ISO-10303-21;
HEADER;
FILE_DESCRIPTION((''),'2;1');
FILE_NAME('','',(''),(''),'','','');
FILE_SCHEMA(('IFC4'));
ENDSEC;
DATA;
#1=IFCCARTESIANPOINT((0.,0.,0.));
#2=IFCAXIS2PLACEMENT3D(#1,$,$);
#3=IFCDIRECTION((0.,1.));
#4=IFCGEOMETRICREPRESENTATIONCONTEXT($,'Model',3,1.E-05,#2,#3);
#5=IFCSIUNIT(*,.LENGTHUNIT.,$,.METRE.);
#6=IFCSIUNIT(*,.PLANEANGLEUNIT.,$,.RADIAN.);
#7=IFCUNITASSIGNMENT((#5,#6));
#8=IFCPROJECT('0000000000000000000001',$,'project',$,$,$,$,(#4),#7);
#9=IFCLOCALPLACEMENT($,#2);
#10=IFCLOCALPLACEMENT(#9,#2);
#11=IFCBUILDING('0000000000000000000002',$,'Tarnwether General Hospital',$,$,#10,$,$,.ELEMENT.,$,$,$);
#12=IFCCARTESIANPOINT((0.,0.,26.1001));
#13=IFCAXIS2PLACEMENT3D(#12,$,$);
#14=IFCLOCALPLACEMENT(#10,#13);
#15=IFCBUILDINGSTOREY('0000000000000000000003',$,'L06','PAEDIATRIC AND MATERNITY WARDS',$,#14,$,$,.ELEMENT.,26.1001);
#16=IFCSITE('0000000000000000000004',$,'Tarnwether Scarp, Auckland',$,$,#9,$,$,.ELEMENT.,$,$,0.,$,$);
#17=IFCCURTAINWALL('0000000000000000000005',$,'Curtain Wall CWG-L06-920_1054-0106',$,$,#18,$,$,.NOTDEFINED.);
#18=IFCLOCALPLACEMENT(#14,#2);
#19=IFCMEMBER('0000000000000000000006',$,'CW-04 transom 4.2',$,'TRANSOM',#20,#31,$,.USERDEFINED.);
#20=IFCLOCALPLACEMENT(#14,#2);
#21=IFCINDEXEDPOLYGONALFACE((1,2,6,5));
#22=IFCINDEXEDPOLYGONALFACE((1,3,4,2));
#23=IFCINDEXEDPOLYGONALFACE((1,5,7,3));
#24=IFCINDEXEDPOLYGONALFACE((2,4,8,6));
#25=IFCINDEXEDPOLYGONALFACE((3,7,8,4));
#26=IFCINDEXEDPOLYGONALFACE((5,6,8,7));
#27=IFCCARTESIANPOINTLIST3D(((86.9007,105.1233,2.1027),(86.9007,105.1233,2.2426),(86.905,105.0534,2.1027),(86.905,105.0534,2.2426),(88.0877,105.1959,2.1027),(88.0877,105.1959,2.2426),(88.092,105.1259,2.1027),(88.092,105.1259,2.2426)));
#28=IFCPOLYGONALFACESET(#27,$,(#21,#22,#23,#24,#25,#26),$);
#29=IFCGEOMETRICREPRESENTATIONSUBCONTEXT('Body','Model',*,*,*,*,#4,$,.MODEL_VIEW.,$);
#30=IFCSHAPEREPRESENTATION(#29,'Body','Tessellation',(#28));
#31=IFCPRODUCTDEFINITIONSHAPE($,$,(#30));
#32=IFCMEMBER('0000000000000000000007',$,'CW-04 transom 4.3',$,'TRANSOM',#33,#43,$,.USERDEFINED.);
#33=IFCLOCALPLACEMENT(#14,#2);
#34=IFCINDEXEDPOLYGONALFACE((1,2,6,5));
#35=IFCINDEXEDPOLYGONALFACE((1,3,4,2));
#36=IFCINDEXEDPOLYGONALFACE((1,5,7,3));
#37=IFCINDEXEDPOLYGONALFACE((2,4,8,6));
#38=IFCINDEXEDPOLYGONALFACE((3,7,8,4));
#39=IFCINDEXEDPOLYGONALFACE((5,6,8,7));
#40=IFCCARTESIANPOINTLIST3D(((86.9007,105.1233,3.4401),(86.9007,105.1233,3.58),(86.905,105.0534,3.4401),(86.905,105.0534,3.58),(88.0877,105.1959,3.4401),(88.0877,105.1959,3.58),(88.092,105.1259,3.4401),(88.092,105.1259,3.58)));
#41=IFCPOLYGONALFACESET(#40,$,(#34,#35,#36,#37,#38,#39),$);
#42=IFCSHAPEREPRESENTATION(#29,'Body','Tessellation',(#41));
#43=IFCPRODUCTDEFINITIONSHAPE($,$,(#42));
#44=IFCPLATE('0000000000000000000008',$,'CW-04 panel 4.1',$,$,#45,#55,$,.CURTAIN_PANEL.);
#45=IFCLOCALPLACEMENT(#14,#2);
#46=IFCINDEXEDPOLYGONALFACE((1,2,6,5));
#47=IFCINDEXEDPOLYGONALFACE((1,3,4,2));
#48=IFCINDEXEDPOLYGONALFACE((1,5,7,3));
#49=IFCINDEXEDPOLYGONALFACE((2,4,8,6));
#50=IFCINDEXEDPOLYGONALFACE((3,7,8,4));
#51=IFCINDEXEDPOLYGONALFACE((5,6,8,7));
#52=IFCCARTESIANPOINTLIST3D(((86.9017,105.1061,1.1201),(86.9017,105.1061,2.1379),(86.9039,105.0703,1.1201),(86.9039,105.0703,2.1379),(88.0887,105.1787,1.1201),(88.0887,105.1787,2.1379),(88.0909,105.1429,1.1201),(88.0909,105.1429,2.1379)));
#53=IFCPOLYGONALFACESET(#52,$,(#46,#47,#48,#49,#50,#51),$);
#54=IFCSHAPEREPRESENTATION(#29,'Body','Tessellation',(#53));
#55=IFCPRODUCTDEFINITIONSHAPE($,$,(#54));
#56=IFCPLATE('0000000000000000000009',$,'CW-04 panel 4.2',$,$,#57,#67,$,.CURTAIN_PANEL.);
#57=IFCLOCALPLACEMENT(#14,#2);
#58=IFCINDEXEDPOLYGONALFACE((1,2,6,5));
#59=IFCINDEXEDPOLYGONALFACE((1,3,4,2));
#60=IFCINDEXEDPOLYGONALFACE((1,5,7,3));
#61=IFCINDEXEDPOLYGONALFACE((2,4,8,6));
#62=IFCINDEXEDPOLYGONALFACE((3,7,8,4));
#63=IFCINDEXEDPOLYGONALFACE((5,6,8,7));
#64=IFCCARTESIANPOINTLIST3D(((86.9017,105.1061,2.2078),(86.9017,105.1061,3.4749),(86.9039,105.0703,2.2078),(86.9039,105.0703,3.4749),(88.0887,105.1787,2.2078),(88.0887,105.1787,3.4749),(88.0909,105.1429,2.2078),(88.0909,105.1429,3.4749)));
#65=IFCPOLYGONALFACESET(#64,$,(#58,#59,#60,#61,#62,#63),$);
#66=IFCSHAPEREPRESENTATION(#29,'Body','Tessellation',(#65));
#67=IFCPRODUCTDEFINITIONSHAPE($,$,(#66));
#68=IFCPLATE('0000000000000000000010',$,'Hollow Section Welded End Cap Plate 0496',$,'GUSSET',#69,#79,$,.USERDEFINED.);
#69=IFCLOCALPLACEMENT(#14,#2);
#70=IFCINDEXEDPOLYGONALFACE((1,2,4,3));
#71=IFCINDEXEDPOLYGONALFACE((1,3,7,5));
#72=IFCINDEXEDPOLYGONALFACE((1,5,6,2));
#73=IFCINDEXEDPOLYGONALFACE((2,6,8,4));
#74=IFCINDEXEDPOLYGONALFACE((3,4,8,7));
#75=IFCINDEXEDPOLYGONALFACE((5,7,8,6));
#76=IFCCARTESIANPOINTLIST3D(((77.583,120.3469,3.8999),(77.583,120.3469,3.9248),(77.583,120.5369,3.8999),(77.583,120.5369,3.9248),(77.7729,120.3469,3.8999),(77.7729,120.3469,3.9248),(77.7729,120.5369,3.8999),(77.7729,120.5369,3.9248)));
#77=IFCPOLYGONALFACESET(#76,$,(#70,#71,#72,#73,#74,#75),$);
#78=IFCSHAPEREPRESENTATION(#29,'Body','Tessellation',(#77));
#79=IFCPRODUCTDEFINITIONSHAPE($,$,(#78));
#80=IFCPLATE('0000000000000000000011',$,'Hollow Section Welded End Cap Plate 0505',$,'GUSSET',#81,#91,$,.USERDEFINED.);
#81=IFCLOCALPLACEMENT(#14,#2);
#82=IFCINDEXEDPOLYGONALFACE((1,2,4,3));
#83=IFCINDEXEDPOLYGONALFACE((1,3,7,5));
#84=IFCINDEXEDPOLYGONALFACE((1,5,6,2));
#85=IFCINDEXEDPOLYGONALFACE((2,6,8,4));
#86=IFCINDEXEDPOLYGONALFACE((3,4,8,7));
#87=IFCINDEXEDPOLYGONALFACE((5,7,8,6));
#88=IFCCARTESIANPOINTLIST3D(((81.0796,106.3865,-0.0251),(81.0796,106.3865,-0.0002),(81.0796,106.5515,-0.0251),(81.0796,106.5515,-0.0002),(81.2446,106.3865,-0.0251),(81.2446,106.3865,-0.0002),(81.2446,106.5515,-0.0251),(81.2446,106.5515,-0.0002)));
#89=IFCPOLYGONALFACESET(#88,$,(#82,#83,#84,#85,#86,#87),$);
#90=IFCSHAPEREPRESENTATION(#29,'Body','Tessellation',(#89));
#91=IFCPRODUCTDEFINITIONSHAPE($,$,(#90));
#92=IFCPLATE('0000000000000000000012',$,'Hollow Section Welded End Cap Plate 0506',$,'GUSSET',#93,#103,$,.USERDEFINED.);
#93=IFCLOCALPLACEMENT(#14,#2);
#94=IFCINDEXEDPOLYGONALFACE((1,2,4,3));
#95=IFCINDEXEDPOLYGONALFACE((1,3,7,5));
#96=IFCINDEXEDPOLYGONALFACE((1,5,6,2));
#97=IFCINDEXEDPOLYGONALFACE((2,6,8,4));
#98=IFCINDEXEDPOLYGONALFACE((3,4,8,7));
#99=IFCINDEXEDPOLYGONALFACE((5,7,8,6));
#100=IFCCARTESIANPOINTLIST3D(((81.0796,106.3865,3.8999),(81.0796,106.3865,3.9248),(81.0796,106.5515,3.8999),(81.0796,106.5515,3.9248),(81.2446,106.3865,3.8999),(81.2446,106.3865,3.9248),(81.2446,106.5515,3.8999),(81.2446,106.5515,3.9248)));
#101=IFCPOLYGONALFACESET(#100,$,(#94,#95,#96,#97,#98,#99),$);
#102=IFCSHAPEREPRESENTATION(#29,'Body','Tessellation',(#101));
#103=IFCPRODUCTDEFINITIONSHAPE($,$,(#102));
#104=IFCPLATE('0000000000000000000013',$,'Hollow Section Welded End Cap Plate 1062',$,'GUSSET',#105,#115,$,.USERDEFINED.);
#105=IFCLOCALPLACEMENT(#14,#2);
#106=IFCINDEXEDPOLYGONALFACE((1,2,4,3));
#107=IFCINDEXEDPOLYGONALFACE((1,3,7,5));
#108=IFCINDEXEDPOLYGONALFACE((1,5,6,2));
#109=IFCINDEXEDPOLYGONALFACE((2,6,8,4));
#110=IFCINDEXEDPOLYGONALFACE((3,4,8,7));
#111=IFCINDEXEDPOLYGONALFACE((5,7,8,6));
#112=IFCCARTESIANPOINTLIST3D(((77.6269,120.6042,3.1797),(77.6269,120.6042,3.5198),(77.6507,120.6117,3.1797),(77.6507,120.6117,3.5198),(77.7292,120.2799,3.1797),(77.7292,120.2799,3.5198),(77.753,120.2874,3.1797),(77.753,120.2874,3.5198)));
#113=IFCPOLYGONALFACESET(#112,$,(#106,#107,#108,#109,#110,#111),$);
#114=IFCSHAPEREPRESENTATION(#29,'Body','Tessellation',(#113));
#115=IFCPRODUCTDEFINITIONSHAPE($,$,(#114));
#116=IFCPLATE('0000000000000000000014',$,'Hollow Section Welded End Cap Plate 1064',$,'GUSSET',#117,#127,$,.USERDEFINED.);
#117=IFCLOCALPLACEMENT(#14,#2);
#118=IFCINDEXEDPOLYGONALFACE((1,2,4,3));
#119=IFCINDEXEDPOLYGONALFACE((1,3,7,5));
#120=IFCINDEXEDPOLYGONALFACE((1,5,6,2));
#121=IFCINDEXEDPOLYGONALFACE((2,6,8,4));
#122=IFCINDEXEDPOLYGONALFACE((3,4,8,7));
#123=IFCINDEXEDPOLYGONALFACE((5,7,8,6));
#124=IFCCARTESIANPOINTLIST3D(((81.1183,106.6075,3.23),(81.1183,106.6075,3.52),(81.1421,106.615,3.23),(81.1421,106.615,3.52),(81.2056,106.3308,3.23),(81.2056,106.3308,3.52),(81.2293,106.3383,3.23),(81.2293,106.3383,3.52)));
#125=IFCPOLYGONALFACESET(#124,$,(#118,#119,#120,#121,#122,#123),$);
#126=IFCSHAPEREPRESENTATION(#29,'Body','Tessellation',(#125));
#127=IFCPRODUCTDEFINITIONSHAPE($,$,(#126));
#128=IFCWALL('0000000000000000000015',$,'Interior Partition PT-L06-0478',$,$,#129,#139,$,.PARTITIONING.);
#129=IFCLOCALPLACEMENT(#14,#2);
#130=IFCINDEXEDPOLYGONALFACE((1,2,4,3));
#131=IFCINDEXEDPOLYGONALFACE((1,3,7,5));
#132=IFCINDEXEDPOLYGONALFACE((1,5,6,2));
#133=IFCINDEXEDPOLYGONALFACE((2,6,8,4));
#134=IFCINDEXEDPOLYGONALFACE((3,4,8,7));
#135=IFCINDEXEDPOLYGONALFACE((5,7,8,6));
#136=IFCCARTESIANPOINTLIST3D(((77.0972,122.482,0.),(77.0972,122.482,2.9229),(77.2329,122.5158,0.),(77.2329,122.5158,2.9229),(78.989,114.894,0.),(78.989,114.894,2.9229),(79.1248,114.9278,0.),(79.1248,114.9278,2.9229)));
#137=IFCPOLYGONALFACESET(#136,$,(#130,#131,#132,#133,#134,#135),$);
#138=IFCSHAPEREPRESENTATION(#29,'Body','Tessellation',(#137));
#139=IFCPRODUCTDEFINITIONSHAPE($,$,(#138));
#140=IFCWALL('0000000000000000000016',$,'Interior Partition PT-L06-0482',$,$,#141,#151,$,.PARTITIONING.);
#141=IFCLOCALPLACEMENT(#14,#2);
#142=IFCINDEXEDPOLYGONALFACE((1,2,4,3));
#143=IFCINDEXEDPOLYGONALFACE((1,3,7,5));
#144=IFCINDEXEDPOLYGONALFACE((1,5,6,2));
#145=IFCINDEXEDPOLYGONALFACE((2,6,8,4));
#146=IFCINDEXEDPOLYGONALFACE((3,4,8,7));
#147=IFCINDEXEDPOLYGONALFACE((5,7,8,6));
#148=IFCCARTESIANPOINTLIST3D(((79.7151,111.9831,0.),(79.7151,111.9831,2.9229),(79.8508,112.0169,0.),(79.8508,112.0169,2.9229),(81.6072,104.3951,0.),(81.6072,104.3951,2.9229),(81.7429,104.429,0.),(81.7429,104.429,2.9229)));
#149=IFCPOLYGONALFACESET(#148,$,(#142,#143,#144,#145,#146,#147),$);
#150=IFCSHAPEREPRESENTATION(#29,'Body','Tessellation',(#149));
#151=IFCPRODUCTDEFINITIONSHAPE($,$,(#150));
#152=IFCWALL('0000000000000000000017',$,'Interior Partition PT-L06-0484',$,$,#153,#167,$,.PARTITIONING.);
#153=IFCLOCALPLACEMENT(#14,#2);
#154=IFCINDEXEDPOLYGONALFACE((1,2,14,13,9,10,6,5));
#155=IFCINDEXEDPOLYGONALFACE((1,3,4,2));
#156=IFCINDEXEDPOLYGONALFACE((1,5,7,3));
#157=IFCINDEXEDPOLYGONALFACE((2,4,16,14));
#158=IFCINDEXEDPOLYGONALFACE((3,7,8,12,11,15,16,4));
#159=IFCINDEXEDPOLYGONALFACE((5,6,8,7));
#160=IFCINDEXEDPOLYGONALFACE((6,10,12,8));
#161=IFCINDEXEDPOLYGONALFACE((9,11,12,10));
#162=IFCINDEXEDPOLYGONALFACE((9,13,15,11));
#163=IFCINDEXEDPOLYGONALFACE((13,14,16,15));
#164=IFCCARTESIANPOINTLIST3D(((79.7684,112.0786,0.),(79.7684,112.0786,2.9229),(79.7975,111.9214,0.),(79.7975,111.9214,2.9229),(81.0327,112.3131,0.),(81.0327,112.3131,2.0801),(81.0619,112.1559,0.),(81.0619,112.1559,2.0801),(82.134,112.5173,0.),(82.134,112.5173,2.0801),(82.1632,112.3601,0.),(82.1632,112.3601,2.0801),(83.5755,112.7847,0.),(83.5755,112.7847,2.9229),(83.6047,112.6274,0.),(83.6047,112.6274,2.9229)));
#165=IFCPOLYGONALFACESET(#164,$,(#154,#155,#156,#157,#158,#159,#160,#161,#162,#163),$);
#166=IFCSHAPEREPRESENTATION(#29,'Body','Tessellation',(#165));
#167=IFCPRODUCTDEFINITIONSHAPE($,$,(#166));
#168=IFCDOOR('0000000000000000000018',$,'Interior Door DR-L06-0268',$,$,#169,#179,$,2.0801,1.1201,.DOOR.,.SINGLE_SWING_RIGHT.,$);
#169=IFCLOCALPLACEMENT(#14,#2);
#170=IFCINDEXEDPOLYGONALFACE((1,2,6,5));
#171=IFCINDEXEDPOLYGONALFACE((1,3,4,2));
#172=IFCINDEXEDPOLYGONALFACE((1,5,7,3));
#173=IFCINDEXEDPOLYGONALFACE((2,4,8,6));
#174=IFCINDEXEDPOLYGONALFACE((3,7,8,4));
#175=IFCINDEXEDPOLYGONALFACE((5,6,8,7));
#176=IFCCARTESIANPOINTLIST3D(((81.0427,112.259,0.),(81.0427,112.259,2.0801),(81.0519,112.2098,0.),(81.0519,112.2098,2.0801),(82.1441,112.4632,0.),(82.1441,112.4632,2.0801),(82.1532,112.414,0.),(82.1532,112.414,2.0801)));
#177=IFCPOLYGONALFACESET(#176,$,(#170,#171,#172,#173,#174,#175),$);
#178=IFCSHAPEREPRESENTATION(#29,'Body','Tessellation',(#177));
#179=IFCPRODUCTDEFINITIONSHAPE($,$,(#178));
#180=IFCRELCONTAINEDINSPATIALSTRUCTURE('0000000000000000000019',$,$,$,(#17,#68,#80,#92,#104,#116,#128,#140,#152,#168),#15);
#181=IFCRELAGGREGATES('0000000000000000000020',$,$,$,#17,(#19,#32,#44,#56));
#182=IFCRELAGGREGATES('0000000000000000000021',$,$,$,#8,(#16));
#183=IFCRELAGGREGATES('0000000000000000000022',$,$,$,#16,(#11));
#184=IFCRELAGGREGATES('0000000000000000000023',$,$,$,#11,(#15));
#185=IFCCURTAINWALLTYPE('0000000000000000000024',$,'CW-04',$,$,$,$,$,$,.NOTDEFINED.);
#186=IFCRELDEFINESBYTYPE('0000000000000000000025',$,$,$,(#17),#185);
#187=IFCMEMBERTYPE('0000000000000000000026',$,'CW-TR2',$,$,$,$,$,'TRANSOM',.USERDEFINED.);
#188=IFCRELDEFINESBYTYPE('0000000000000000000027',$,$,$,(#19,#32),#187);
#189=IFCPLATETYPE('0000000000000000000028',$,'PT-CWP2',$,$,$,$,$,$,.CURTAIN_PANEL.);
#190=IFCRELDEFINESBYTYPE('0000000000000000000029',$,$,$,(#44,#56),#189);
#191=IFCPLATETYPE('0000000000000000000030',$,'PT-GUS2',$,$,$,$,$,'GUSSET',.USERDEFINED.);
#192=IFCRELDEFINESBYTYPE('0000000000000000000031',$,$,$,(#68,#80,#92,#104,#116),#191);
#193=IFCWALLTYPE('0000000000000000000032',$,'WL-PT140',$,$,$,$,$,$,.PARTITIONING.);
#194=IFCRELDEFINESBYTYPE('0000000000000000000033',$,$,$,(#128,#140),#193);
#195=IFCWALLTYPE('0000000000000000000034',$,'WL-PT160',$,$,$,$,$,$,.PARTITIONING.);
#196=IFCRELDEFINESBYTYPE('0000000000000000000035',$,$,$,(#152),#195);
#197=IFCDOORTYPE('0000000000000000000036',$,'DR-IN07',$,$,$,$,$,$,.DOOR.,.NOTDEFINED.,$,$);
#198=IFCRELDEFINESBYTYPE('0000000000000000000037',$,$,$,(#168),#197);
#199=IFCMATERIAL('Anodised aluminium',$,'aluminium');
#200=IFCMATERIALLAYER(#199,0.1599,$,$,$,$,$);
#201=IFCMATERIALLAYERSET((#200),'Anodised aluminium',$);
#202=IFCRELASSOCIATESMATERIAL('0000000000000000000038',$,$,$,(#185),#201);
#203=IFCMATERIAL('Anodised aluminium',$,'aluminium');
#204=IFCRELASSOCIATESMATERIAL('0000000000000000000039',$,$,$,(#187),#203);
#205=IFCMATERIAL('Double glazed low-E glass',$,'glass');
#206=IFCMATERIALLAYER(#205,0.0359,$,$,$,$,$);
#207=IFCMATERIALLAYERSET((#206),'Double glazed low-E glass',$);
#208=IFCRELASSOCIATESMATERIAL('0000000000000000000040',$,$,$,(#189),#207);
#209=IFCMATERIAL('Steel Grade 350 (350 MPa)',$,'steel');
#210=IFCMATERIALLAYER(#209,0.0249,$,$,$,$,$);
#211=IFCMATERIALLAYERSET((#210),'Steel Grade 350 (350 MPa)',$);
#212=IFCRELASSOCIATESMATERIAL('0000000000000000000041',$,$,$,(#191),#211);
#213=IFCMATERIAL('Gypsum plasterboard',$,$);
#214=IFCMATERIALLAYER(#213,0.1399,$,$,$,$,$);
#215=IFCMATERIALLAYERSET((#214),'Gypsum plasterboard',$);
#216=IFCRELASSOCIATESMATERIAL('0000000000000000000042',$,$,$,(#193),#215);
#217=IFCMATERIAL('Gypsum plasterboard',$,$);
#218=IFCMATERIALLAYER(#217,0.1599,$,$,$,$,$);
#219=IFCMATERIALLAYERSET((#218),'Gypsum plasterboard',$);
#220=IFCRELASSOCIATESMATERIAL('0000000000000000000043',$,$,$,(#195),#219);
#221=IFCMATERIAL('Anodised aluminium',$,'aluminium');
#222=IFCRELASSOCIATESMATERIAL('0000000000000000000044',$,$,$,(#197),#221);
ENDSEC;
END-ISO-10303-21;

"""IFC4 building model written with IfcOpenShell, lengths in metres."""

from ifc_helpers import new_model, si_unit, direction, frame, frame_2d, origin, origin_2d, place, context, subcontext, project, spatial, rectangle, extrude, material, layer, layer_set, material_profile, profile_set, type_object, element, fill, aggregate, save


model = new_model("IFC4")

# Units and contexts
model_context = context("Model", 3, precision=1e-05, world=origin(), true_north=direction((0.0, 1.0)))
body_context = subcontext(model_context, "Body", "Model", "MODEL_VIEW")
ifc_project = project(units=[si_unit("LENGTHUNIT", "METRE"), si_unit("PLANEANGLEUNIT", "RADIAN")], contexts=[model_context])

# Site, building, storey
site_placement = place(None, origin())
site = spatial("IfcSite", under=ifc_project, at=site_placement, Name="Tarnwether Scarp, Auckland", CompositionType="ELEMENT", RefElevation=0.0)
building_placement = place(site_placement, origin())
building = spatial("IfcBuilding", under=site, at=building_placement, Name="Tarnwether General Hospital", CompositionType="ELEMENT")
storey_placement = place(building_placement, frame((0.0, 0.0, 26.1001)))
storey = spatial("IfcBuildingStorey", under=building, at=storey_placement, Name="L06", Description="PAEDIATRIC AND MATERNITY WARDS", CompositionType="ELEMENT", Elevation=26.1001)

# Curtain wall, members, plates
ifc_material_1 = material(Name="Anodised aluminium", Category="aluminium")
ifc_layer_1 = layer(ifc_material_1, 0.1599)
ifc_layer_set_1 = layer_set([ifc_layer_1], Name="Anodised aluminium")
curtain_wall_type = type_object("IfcCurtainWallType", Name="CW-04", PredefinedType="NOTDEFINED", material=ifc_layer_set_1)
curtain_wall_placement = place(storey_placement, origin())
curtain_wall = element("IfcCurtainWall", 1, at=curtain_wall_placement, inside=storey, type_object=curtain_wall_type, Name="Curtain Wall CWG-L06-920_1054-0106", PredefinedType="NOTDEFINED")
ifc_material_2 = material(Name="Anodised aluminium", Category="aluminium")
ifc_material_profile_1 = material_profile(ifc_material_2, rectangle(XDim=0.0701, YDim=0.1399, at=origin_2d()), Name="ALU-TRN-70x140")
ifc_profile_set_1 = profile_set([ifc_material_profile_1], Name="Anodised aluminium")
member_type_1 = type_object("IfcMemberType", Name="CW-TR2", ElementType="TRANSOM", PredefinedType="USERDEFINED", material=ifc_profile_set_1)
member_1_placement = place(storey_placement, frame((88.0898, 105.1609, 2.1726), z_axis=(-0.998139, -0.060972, 0.0), x_axis=(0.060972, -0.998139, 0.0)))
member_1 = element("IfcMember", 2, at=member_1_placement, type_object=member_type_1, Name="CW-04 transom 4.2", ObjectType="TRANSOM", PredefinedType="USERDEFINED", context=body_context, shape_type="SweptSolid", body=[
    extrude(rectangle(XDim=0.0701, YDim=0.1399, at=origin_2d()), origin(), (0.0, 0.0, 1.0), 1.1892),
])
member_2_placement = place(storey_placement, frame((88.0898, 105.1609, 3.51), z_axis=(-0.998139, -0.060972, 0.0), x_axis=(0.060972, -0.998139, 0.0)))
member_2 = element("IfcMember", 3, at=member_2_placement, type_object=member_type_1, Name="CW-04 transom 4.3", ObjectType="TRANSOM", PredefinedType="USERDEFINED", context=body_context, shape_type="SweptSolid", body=[
    extrude(rectangle(XDim=0.0701, YDim=0.1399, at=origin_2d()), origin(), (0.0, 0.0, 1.0), 1.1892),
])
ifc_material_3 = material(Name="Double glazed low-E glass", Category="glass")
ifc_layer_2 = layer(ifc_material_3, 0.0359)
ifc_layer_set_2 = layer_set([ifc_layer_2], Name="Double glazed low-E glass")
plate_type_1 = type_object("IfcPlateType", Name="PT-CWP2", PredefinedType="CURTAIN_PANEL", material=ifc_layer_set_2)
plate_1_placement = place(storey_placement, frame((87.4963, 105.1245, 1.1201), z_axis=(0.0, 0.0, 1.0), x_axis=(-0.998135, -0.061043, 0.0)))
plate_1 = element("IfcPlate", 4, at=plate_1_placement, type_object=plate_type_1, Name="CW-04 panel 4.1", PredefinedType="CURTAIN_PANEL", context=body_context, shape_type="SweptSolid", body=[
    extrude(rectangle(XDim=1.1892, YDim=0.0359, at=origin_2d()), origin(), (0.0, 0.0, 1.0), 1.0178),
])
plate_2_placement = place(storey_placement, frame((87.4963, 105.1245, 2.2078), z_axis=(0.0, 0.0, 1.0), x_axis=(-0.998135, -0.061043, 0.0)))
plate_2 = element("IfcPlate", 5, at=plate_2_placement, type_object=plate_type_1, Name="CW-04 panel 4.2", PredefinedType="CURTAIN_PANEL", context=body_context, shape_type="SweptSolid", body=[
    extrude(rectangle(XDim=1.1892, YDim=0.0359, at=origin_2d()), origin(), (0.0, 0.0, 1.0), 1.2671),
])
aggregate(curtain_wall, [member_1, member_2, plate_1, plate_2])

# Plates
ifc_material_4 = material(Name="Steel Grade 350 (350 MPa)", Category="steel")
ifc_layer_3 = layer(ifc_material_4, 0.0249)
ifc_layer_set_3 = layer_set([ifc_layer_3], Name="Steel Grade 350 (350 MPa)")
plate_type_2 = type_object("IfcPlateType", Name="PT-GUS2", ElementType="GUSSET", PredefinedType="USERDEFINED", material=ifc_layer_set_3)
plate_3_placement = place(storey_placement, frame((77.678, 120.4419, 3.8999), z_axis=(0.0, 0.0, 1.0), x_axis=(1.0, 0.0, 0.0)))
element("IfcPlate", 6, at=plate_3_placement, inside=storey, type_object=plate_type_2, Name="Hollow Section Welded End Cap Plate 0496", ObjectType="GUSSET", PredefinedType="USERDEFINED", context=body_context, shape_type="SweptSolid", body=[
    extrude(rectangle(XDim=0.1899, YDim=0.1899, at=origin_2d()), origin(), (0.0, 0.0, 1.0), 0.0249),
])
for number, where, z_axis, x_axis, name in (
    (7, (81.1621, 106.469, -0.0251), (0.0, 0.0, 1.0), (1.0, 0.0, 0.0), "Hollow Section Welded End Cap Plate 0505"),
    (8, (81.1621, 106.469, 3.8999), (0.0, 0.0, 1.0), (1.0, 0.0, 0.0), "Hollow Section Welded End Cap Plate 0506"),
):
    element("IfcPlate", number, at=place(storey_placement, frame(where, z_axis=z_axis, x_axis=x_axis)), inside=storey, type_object=plate_type_2, Name=name, ObjectType="GUSSET", PredefinedType="USERDEFINED", context=body_context, shape_type="SweptSolid", body=[
        extrude(rectangle(XDim=0.165, YDim=0.165, at=origin_2d()), origin(), (0.0, 0.0, 1.0), 0.0249),
    ])
plate_4_placement = place(storey_placement, frame((77.6899, 120.4458, 3.1797), z_axis=(0.0, 0.0, 1.0), x_axis=(0.953691, 0.300789, 0.0)))
element("IfcPlate", 9, at=plate_4_placement, inside=storey, type_object=plate_type_2, Name="Hollow Section Welded End Cap Plate 1062", ObjectType="GUSSET", PredefinedType="USERDEFINED", context=body_context, shape_type="SweptSolid", body=[
    extrude(rectangle(XDim=0.0249, YDim=0.3401, at=origin_2d()), origin(), (0.0, 0.0, 1.0), 0.3401),
])
plate_5_placement = place(storey_placement, frame((81.1738, 106.4729, 3.23), z_axis=(0.0, 0.0, 1.0), x_axis=(0.953712, 0.300722, 0.0)))
element("IfcPlate", 10, at=plate_5_placement, inside=storey, type_object=plate_type_2, Name="Hollow Section Welded End Cap Plate 1064", ObjectType="GUSSET", PredefinedType="USERDEFINED", context=body_context, shape_type="SweptSolid", body=[
    extrude(rectangle(XDim=0.0249, YDim=0.29, at=origin_2d()), origin(), (0.0, 0.0, 1.0), 0.29),
])

# Walls
ifc_material_5 = material(Name="Gypsum plasterboard")
ifc_layer_4 = layer(ifc_material_5, 0.1399)
ifc_layer_set_4 = layer_set([ifc_layer_4], Name="Gypsum plasterboard")
wall_type_1 = type_object("IfcWallType", Name="WL-PT140", PredefinedType="PARTITIONING", material=ifc_layer_set_4)
for number, where, z_axis, x_axis, name in (
    (11, (79.0569, 114.9109, 0.0), (0.0, 0.0, 1.0), (-0.241911, 0.970298, 0.0), "Interior Partition PT-L06-0478"),
    (12, (79.783, 112.0, 0.0), (0.0, 0.0, 1.0), (0.241948, -0.970289, 0.0), "Interior Partition PT-L06-0482"),
):
    element("IfcWall", number, at=place(storey_placement, frame(where, z_axis=z_axis, x_axis=x_axis)), inside=storey, type_object=wall_type_1, Name=name, PredefinedType="PARTITIONING", context=body_context, shape_type="SweptSolid", body=[
        extrude(rectangle(XDim=7.8203, YDim=0.1399, at=frame_2d((3.9102, 0.0))), origin(), (0.0, 0.0, 1.0), 2.9229),
    ])

# Wall, opening, door
ifc_material_6 = material(Name="Gypsum plasterboard")
ifc_layer_5 = layer(ifc_material_6, 0.1599)
ifc_layer_set_5 = layer_set([ifc_layer_5], Name="Gypsum plasterboard")
wall_type_2 = type_object("IfcWallType", Name="WL-PT160", PredefinedType="PARTITIONING", material=ifc_layer_set_5)
wall_1_placement = place(storey_placement, frame((79.783, 112.0, 0.0), z_axis=(0.0, 0.0, 1.0), x_axis=(0.983234, 0.182347, 0.0)))
wall_1 = element("IfcWall", 13, at=wall_1_placement, inside=storey, type_object=wall_type_2, Name="Interior Partition PT-L06-0484", PredefinedType="PARTITIONING", context=body_context, shape_type="SweptSolid", body=[
    extrude(rectangle(XDim=3.8721, YDim=0.1599, at=frame_2d((1.936, 0.0))), origin(), (0.0, 0.0, 1.0), 2.9229),
])
opening_1_placement = place(wall_1_placement, frame((1.2859, 0.0, 0.0)))
opening_1 = element("IfcOpeningElement", 14, at=opening_1_placement, cuts=wall_1, PredefinedType="OPENING", context=body_context, shape_type="SweptSolid", body=[
    extrude(rectangle(XDim=1.1201, YDim=2.0801, at=frame_2d((0.5601, 1.04))), frame((0.0, 0.0898, 0.0), z_axis=(0.0, -1.0, 0.0), x_axis=(1.0, 0.0, 0.0)), (0.0, 0.0, 1.0), 0.1799),
])
ifc_material_7 = material(Name="Anodised aluminium", Category="aluminium")
door_type_1 = type_object("IfcDoorType", Name="DR-IN07", OperationType="NOTDEFINED", PredefinedType="DOOR", material=ifc_material_7)
door_1_placement = place(opening_1_placement, origin())
door_1 = element("IfcDoor", 15, at=door_1_placement, inside=storey, type_object=door_type_1, Name="Interior Door DR-L06-0268", OperationType="SINGLE_SWING_RIGHT", OverallHeight=2.0801, OverallWidth=1.1201, PredefinedType="DOOR", context=body_context, shape_type="SweptSolid", body=[
    extrude(rectangle(XDim=1.1201, YDim=2.0801, at=frame_2d((0.5601, 1.04))), frame((0.0, 0.0249, 0.0), z_axis=(0.0, -1.0, 0.0), x_axis=(1.0, 0.0, 0.0)), (0.0, 0.0, 1.0), 0.05),
])
fill(opening_1, door_1)

save(model, "model.ifc")
